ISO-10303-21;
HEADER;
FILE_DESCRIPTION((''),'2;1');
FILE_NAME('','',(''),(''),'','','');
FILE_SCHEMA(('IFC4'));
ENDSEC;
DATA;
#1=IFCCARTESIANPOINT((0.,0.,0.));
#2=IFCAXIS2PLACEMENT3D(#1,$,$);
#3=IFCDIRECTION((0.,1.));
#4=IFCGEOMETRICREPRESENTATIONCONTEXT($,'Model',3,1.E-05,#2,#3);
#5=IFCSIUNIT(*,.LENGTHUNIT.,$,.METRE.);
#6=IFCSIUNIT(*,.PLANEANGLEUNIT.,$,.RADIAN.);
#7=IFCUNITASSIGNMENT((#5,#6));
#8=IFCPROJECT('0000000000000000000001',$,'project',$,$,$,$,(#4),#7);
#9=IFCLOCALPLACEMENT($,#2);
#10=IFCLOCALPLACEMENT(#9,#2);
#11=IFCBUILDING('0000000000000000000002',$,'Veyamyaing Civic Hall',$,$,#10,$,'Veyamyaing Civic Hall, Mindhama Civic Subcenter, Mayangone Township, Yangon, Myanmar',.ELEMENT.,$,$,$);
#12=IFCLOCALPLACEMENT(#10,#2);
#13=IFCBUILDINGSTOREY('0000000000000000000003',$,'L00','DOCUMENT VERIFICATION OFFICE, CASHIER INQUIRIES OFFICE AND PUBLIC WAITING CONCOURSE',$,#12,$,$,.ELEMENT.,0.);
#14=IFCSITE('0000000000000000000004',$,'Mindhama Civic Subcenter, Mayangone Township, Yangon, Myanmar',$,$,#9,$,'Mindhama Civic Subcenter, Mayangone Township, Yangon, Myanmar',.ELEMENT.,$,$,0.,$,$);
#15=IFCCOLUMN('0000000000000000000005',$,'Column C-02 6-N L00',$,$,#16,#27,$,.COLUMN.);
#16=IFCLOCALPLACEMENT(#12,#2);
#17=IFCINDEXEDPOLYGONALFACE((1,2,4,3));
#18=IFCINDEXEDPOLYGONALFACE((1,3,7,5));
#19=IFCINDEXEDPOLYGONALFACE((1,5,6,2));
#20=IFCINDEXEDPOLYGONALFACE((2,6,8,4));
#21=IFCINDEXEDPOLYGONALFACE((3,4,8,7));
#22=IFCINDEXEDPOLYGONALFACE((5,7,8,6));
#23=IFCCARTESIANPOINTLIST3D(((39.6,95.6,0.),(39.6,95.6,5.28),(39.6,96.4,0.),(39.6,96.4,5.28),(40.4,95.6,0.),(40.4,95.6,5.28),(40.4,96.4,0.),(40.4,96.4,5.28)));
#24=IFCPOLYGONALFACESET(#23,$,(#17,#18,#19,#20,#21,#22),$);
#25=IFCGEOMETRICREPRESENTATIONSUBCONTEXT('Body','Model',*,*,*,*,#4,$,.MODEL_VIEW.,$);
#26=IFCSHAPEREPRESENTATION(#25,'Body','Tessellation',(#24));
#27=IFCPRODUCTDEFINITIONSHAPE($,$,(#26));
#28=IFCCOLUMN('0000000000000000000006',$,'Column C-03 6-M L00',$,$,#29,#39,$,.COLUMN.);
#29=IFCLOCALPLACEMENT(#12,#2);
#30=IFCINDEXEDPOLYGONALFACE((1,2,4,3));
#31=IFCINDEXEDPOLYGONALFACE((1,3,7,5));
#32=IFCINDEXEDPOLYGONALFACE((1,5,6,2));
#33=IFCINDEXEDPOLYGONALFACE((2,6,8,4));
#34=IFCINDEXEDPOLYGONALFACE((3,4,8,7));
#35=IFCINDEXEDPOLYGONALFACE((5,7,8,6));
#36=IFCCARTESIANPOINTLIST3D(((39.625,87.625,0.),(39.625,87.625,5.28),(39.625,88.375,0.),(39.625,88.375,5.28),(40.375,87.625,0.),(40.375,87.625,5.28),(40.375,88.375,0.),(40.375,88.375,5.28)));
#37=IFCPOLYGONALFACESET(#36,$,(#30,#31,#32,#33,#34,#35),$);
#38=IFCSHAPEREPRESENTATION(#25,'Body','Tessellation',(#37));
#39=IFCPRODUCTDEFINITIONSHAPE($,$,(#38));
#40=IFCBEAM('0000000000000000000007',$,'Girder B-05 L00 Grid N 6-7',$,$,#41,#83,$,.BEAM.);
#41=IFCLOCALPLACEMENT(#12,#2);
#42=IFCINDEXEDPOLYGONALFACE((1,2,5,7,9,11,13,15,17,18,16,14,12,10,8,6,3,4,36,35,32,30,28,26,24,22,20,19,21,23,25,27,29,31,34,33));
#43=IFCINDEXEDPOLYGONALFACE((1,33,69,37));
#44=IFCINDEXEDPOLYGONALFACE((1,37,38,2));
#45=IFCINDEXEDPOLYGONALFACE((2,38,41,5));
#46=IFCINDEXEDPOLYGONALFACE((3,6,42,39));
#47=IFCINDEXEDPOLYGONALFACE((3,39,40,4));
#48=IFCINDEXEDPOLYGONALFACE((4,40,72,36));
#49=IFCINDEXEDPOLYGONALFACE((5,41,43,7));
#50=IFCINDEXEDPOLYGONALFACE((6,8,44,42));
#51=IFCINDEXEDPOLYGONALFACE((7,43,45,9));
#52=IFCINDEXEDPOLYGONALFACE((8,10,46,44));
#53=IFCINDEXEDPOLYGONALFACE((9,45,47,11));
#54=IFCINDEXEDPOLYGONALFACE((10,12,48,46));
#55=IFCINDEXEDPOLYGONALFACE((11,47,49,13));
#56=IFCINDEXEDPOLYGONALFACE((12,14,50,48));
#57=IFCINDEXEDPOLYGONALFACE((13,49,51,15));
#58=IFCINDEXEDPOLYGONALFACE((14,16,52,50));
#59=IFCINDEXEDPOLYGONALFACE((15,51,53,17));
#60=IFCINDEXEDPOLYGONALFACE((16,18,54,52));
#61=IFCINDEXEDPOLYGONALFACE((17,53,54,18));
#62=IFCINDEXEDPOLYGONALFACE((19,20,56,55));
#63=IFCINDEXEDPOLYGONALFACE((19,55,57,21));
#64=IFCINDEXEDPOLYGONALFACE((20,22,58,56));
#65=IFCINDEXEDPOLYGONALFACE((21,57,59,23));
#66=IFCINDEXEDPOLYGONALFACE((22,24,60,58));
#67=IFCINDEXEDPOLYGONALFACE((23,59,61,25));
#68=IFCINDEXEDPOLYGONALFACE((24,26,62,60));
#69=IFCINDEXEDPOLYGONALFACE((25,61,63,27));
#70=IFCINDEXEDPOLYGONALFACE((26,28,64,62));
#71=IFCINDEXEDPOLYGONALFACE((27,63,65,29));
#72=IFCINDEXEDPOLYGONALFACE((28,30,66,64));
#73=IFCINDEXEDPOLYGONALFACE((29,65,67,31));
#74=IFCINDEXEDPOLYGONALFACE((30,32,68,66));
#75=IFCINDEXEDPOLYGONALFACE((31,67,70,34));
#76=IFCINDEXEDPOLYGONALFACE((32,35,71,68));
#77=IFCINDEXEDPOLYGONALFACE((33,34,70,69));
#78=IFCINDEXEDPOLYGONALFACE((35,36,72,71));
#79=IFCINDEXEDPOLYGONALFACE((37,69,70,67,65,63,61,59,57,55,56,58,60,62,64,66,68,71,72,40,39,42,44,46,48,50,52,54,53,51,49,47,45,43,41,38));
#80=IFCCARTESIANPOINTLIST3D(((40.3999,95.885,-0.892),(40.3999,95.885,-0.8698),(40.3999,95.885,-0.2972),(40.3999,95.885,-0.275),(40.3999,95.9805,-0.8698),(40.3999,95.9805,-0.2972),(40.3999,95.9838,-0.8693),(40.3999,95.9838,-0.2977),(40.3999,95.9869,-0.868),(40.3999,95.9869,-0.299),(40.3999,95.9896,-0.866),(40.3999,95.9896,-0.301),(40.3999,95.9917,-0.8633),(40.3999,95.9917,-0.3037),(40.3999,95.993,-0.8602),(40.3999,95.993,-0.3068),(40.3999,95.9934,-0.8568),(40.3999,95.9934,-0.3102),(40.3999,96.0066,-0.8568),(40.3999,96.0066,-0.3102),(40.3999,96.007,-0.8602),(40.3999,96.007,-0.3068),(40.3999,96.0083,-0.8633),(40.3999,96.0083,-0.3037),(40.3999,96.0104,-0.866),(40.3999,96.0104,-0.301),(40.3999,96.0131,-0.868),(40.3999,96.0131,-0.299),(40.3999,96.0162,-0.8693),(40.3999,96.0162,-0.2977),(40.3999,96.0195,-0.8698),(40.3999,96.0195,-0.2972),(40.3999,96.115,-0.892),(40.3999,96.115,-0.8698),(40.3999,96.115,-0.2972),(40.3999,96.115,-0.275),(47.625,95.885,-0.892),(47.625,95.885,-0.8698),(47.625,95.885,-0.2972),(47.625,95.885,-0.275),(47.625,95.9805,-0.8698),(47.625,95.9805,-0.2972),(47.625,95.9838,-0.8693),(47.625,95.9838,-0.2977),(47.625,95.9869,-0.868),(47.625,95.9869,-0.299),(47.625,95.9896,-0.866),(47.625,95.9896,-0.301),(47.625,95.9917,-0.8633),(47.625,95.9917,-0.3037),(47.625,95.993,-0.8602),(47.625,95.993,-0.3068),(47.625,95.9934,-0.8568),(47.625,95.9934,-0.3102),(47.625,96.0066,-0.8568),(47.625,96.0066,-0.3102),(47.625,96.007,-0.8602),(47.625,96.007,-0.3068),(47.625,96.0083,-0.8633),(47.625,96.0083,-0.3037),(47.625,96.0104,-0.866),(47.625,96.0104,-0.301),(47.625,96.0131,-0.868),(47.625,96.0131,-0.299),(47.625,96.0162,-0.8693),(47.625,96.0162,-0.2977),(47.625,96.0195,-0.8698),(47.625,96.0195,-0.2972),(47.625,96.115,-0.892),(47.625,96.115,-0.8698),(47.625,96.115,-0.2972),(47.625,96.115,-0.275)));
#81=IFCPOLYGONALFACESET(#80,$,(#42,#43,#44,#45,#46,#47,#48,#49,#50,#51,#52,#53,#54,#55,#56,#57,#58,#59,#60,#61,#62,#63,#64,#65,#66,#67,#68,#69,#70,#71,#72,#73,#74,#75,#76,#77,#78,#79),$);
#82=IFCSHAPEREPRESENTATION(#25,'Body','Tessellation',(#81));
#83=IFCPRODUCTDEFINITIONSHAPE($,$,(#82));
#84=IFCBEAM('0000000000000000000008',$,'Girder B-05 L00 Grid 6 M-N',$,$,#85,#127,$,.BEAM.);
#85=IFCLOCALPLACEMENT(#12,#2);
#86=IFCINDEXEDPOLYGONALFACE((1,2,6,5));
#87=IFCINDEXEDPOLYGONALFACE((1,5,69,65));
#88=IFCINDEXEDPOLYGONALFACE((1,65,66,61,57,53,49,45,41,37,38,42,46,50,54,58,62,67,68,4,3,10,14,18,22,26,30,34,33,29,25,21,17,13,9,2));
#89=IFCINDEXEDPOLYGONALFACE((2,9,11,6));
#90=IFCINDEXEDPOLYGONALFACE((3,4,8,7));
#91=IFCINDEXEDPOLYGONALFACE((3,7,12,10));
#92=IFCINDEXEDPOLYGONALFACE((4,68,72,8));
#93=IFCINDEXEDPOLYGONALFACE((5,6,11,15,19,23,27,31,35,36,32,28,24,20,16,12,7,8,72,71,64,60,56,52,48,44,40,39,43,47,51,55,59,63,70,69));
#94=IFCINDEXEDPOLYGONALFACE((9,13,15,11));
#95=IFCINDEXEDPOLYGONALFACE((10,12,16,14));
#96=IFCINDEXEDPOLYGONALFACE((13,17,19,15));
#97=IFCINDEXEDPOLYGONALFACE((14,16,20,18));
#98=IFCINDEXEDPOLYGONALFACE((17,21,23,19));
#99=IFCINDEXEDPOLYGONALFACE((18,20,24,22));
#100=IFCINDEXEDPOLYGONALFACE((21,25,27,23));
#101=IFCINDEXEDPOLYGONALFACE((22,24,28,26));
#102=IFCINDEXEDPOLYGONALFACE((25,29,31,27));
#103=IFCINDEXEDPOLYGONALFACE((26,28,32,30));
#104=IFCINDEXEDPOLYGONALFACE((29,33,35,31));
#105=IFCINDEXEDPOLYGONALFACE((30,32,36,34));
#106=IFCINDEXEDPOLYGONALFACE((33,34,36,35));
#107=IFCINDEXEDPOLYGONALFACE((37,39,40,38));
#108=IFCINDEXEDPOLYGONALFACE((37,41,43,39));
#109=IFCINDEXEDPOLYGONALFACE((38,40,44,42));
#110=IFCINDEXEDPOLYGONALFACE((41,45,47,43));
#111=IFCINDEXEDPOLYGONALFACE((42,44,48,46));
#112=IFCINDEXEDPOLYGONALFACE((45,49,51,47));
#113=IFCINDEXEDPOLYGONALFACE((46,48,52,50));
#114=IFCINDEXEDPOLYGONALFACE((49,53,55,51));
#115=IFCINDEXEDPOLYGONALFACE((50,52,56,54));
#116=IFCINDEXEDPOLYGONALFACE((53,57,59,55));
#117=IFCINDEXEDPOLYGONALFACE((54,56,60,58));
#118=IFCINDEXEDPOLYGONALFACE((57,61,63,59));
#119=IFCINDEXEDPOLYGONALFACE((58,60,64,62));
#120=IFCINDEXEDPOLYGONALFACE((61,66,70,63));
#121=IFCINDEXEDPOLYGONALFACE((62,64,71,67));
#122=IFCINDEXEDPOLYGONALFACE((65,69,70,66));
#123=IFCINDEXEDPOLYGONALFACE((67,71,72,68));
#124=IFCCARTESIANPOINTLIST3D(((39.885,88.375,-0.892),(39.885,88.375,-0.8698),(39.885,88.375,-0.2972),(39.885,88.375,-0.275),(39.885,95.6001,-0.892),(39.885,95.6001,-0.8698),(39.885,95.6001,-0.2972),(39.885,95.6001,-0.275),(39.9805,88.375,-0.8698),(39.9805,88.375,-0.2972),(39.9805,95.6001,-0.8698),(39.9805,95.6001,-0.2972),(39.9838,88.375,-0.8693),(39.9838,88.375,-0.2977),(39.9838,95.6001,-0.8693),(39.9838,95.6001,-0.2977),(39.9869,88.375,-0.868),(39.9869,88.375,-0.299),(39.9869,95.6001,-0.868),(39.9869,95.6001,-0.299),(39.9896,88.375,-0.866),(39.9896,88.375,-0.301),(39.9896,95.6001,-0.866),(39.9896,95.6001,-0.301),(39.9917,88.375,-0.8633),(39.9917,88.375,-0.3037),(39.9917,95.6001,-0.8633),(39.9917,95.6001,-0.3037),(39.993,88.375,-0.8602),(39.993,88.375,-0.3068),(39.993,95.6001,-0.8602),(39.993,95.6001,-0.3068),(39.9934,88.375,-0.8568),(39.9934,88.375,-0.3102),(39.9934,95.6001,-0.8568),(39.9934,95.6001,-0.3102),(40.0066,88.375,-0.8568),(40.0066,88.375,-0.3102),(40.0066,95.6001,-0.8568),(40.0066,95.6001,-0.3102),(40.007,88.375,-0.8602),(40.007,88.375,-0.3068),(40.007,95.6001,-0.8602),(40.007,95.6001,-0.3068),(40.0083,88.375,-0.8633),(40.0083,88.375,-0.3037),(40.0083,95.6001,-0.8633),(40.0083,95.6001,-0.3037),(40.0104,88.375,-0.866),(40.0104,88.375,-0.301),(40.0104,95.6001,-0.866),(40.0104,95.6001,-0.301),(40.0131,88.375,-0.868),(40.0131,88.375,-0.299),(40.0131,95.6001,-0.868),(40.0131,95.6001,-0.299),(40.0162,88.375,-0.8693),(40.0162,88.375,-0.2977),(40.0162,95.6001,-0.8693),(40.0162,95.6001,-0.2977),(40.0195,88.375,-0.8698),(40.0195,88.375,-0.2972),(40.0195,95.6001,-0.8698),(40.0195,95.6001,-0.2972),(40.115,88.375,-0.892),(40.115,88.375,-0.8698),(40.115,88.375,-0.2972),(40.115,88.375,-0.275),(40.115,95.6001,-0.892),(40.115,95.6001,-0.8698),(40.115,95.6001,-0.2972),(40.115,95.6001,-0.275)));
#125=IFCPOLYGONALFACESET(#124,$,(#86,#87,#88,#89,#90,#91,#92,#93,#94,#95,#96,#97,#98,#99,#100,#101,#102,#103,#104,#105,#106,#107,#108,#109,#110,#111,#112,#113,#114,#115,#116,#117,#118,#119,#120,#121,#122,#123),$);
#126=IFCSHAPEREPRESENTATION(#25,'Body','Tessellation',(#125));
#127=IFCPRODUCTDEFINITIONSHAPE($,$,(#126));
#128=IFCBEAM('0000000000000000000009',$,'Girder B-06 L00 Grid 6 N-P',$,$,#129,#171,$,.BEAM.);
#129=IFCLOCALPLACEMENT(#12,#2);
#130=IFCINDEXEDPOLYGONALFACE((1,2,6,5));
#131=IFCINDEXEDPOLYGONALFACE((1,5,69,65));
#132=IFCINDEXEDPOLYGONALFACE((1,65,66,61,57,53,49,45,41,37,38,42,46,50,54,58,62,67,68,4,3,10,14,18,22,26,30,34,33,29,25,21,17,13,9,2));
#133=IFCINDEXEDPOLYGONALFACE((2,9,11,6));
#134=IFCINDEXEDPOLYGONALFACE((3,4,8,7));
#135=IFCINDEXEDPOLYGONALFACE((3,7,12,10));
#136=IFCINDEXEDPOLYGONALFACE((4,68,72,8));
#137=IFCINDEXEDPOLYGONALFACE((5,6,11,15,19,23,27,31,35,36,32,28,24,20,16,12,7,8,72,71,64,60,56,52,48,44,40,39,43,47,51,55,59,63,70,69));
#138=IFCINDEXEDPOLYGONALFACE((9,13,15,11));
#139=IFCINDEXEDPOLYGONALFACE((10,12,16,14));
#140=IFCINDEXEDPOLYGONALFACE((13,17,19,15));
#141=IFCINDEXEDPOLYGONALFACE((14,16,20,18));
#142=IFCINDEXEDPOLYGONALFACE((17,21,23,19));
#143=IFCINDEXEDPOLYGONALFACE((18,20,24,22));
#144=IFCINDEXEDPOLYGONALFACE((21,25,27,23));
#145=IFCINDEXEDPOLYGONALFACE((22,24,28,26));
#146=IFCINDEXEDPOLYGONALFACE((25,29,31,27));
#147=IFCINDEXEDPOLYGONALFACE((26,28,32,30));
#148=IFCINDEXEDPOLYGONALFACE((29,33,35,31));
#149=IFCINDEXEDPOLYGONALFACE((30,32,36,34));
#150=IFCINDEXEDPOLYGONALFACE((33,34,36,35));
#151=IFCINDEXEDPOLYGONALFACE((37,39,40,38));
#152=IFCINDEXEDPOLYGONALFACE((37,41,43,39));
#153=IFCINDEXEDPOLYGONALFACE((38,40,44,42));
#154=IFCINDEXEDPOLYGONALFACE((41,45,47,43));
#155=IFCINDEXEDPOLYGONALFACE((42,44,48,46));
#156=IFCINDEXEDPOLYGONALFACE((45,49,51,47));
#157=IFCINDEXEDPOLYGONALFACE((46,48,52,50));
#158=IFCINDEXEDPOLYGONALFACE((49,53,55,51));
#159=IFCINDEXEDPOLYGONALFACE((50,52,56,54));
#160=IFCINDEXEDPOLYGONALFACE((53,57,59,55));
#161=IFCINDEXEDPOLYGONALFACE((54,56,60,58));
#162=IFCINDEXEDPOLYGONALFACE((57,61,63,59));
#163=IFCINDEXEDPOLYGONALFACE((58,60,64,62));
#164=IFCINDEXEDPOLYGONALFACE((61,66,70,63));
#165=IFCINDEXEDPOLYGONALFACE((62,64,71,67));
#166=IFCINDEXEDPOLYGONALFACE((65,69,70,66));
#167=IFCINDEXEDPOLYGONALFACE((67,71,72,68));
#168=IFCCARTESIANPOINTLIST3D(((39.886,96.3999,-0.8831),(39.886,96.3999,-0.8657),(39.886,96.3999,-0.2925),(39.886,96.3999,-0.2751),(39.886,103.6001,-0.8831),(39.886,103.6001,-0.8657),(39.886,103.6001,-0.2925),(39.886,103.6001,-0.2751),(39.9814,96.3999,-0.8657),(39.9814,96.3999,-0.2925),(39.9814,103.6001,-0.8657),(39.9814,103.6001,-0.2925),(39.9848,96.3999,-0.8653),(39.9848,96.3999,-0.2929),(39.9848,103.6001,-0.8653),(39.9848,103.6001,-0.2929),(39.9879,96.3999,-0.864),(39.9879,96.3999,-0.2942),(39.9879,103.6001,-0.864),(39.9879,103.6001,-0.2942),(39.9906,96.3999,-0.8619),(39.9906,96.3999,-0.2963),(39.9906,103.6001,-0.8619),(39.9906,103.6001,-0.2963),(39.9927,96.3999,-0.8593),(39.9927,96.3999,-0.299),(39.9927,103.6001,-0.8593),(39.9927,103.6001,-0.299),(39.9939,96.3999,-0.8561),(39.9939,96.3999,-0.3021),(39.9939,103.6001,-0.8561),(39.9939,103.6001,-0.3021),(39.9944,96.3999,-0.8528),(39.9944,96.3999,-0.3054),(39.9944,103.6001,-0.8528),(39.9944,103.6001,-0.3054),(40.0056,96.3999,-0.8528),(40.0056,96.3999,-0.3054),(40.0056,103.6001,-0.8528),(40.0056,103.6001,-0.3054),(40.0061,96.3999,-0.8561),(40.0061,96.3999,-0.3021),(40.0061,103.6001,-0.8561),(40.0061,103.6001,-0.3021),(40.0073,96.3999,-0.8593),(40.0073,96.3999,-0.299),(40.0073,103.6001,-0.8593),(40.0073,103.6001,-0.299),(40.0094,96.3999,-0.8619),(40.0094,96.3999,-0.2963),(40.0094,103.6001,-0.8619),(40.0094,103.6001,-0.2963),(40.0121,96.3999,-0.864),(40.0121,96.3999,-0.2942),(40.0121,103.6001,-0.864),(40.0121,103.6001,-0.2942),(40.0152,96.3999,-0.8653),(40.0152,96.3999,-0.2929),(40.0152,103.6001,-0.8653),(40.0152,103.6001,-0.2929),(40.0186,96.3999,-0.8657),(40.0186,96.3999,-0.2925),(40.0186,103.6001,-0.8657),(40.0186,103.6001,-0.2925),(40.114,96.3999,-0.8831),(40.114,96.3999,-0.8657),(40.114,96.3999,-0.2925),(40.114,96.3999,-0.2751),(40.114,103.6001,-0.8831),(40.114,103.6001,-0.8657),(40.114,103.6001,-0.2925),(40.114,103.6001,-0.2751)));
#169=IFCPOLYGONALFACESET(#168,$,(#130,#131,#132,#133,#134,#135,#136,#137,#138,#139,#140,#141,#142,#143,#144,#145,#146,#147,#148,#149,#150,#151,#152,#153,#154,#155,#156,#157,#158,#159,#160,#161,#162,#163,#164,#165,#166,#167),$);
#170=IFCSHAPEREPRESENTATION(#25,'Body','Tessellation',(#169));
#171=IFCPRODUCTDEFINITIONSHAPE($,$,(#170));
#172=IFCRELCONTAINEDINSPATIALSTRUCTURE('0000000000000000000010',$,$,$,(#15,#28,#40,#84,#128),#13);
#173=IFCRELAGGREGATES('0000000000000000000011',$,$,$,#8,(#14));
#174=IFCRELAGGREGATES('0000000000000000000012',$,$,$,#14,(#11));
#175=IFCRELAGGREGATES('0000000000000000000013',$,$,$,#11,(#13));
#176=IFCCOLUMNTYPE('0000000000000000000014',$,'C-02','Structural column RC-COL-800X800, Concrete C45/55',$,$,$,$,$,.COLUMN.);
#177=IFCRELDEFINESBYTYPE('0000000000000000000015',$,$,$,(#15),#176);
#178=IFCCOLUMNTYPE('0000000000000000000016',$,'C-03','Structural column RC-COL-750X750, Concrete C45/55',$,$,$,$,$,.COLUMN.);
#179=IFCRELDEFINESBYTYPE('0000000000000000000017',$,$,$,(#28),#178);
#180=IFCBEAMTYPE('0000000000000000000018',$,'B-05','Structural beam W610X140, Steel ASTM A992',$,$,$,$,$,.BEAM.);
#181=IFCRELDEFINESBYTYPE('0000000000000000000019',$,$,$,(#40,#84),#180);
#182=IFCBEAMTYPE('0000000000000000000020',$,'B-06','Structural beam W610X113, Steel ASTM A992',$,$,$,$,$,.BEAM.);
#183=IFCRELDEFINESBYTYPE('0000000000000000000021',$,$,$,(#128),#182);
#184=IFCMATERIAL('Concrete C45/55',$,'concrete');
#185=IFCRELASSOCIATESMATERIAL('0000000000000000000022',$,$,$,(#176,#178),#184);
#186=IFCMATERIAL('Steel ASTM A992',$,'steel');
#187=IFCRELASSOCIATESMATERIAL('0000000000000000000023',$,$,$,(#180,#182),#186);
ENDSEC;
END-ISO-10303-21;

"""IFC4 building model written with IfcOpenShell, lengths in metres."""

from ifc_helpers import new_model, si_unit, direction, frame, origin, origin_2d, place, context, subcontext, project, spatial, rectangle, i_section, extrude, material, material_profile, profile_set, type_object, element, save


model = new_model("IFC4")

# Units and contexts
model_context = context("Model", 3, precision=1e-05, world=origin(), true_north=direction((0.0, 1.0)))
body_context = subcontext(model_context, "Body", "Model", "MODEL_VIEW")
ifc_project = project(units=[si_unit("LENGTHUNIT", "METRE"), si_unit("PLANEANGLEUNIT", "RADIAN")], contexts=[model_context])

# Site, building, storey
site_placement = place(None, origin())
site = spatial("IfcSite", under=ifc_project, at=site_placement, Name="Mindhama Civic Subcenter, Mayangone Township, Yangon, Myanmar", LongName="Mindhama Civic Subcenter, Mayangone Township, Yangon, Myanmar", CompositionType="ELEMENT", RefElevation=0.0)
building_placement = place(site_placement, origin())
building = spatial("IfcBuilding", under=site, at=building_placement, Name="Veyamyaing Civic Hall", LongName="Veyamyaing Civic Hall, Mindhama Civic Subcenter, Mayangone Township, Yangon, Myanmar", CompositionType="ELEMENT")
storey_placement = place(building_placement, origin())
storey = spatial("IfcBuildingStorey", under=building, at=storey_placement, Name="L00", Description="DOCUMENT VERIFICATION OFFICE, CASHIER INQUIRIES OFFICE AND PUBLIC WAITING CONCOURSE", CompositionType="ELEMENT", Elevation=0.0)

# Columns
ifc_material_1 = material(Name="Concrete C45/55", Category="concrete")
ifc_material_profile_1 = material_profile(ifc_material_1, rectangle(XDim=0.8, YDim=0.8, at=origin_2d()), Name="RC-COL-800X800")
ifc_profile_set_1 = profile_set([ifc_material_profile_1], Name="Concrete C45/55")
column_type_1 = type_object("IfcColumnType", Name="C-02", Description="Structural column RC-COL-800X800, Concrete C45/55", PredefinedType="COLUMN", material=ifc_profile_set_1)
column_1_placement = place(storey_placement, frame((40.0, 96.0, 0.0), z_axis=(0.0, 0.0, 1.0), x_axis=(1.0, 0.0, 0.0)))
element("IfcColumn", 1, at=column_1_placement, inside=storey, type_object=column_type_1, Name="Column C-02 6-N L00", PredefinedType="COLUMN", context=body_context, shape_type="SweptSolid", body=[
    extrude(rectangle(XDim=0.8, YDim=0.8, at=origin_2d()), origin(), (0.0, 0.0, 1.0), 5.28),
])
ifc_material_profile_2 = material_profile(ifc_material_1, rectangle(XDim=0.75, YDim=0.75, at=origin_2d()), Name="RC-COL-750X750")
ifc_profile_set_2 = profile_set([ifc_material_profile_2], Name="Concrete C45/55")
column_type_2 = type_object("IfcColumnType", Name="C-03", Description="Structural column RC-COL-750X750, Concrete C45/55", PredefinedType="COLUMN", material=ifc_profile_set_2)
column_2_placement = place(storey_placement, frame((40.0, 88.0, 0.0), z_axis=(0.0, 0.0, 1.0), x_axis=(1.0, 0.0, 0.0)))
element("IfcColumn", 2, at=column_2_placement, inside=storey, type_object=column_type_2, Name="Column C-03 6-M L00", PredefinedType="COLUMN", context=body_context, shape_type="SweptSolid", body=[
    extrude(rectangle(XDim=0.75, YDim=0.75, at=origin_2d()), origin(), (0.0, 0.0, 1.0), 5.28),
])

# Beams
ifc_material_2 = material(Name="Steel ASTM A992", Category="steel")
ifc_material_profile_3 = material_profile(ifc_material_2, i_section(OverallWidth=0.23, OverallDepth=0.6169, WebThickness=0.0132, FlangeThickness=0.0222, FilletRadius=0.0129, at=origin_2d()), Name="W610X140")
ifc_profile_set_3 = profile_set([ifc_material_profile_3], Name="Steel ASTM A992")
beam_type_1 = type_object("IfcBeamType", Name="B-05", Description="Structural beam W610X140, Steel ASTM A992", PredefinedType="BEAM", material=ifc_profile_set_3)
for number, where, z_axis, x_axis, name in (
    (3, (40.3999, 96.0, -0.5835), (1.0, 0.0, 0.0), (0.0, 1.0, 0.0), "Girder B-05 L00 Grid N 6-7"),
    (4, (40.0, 88.375, -0.5835), (0.0, 1.0, 0.0), (-1.0, 0.0, 0.0), "Girder B-05 L00 Grid 6 M-N"),
):
    element("IfcBeam", number, at=place(storey_placement, frame(where, z_axis=z_axis, x_axis=x_axis)), inside=storey, type_object=beam_type_1, Name=name, PredefinedType="BEAM", context=body_context, shape_type="SweptSolid", body=[
        extrude(i_section(OverallWidth=0.23, OverallDepth=0.6169, WebThickness=0.0132, FlangeThickness=0.0222, FilletRadius=0.0129, at=origin_2d()), origin(), (0.0, 0.0, 1.0), 7.2251),
    ])
ifc_material_profile_4 = material_profile(ifc_material_2, i_section(OverallWidth=0.228, OverallDepth=0.6079, WebThickness=0.0112, FlangeThickness=0.0173, FilletRadius=0.0129, at=origin_2d()), Name="W610X113")
ifc_profile_set_4 = profile_set([ifc_material_profile_4], Name="Steel ASTM A992")
beam_type_2 = type_object("IfcBeamType", Name="B-06", Description="Structural beam W610X113, Steel ASTM A992", PredefinedType="BEAM", material=ifc_profile_set_4)
beam_1_placement = place(storey_placement, frame((40.0, 96.3999, -0.5791), z_axis=(0.0, 1.0, 0.0), x_axis=(-1.0, 0.0, 0.0)))
element("IfcBeam", 5, at=beam_1_placement, inside=storey, type_object=beam_type_2, Name="Girder B-06 L00 Grid 6 N-P", PredefinedType="BEAM", context=body_context, shape_type="SweptSolid", body=[
    extrude(i_section(OverallWidth=0.228, OverallDepth=0.6079, WebThickness=0.0112, FlangeThickness=0.0173, FilletRadius=0.0129, at=origin_2d()), origin(), (0.0, 0.0, 1.0), 7.2002),
])

save(model, "model.ifc")
